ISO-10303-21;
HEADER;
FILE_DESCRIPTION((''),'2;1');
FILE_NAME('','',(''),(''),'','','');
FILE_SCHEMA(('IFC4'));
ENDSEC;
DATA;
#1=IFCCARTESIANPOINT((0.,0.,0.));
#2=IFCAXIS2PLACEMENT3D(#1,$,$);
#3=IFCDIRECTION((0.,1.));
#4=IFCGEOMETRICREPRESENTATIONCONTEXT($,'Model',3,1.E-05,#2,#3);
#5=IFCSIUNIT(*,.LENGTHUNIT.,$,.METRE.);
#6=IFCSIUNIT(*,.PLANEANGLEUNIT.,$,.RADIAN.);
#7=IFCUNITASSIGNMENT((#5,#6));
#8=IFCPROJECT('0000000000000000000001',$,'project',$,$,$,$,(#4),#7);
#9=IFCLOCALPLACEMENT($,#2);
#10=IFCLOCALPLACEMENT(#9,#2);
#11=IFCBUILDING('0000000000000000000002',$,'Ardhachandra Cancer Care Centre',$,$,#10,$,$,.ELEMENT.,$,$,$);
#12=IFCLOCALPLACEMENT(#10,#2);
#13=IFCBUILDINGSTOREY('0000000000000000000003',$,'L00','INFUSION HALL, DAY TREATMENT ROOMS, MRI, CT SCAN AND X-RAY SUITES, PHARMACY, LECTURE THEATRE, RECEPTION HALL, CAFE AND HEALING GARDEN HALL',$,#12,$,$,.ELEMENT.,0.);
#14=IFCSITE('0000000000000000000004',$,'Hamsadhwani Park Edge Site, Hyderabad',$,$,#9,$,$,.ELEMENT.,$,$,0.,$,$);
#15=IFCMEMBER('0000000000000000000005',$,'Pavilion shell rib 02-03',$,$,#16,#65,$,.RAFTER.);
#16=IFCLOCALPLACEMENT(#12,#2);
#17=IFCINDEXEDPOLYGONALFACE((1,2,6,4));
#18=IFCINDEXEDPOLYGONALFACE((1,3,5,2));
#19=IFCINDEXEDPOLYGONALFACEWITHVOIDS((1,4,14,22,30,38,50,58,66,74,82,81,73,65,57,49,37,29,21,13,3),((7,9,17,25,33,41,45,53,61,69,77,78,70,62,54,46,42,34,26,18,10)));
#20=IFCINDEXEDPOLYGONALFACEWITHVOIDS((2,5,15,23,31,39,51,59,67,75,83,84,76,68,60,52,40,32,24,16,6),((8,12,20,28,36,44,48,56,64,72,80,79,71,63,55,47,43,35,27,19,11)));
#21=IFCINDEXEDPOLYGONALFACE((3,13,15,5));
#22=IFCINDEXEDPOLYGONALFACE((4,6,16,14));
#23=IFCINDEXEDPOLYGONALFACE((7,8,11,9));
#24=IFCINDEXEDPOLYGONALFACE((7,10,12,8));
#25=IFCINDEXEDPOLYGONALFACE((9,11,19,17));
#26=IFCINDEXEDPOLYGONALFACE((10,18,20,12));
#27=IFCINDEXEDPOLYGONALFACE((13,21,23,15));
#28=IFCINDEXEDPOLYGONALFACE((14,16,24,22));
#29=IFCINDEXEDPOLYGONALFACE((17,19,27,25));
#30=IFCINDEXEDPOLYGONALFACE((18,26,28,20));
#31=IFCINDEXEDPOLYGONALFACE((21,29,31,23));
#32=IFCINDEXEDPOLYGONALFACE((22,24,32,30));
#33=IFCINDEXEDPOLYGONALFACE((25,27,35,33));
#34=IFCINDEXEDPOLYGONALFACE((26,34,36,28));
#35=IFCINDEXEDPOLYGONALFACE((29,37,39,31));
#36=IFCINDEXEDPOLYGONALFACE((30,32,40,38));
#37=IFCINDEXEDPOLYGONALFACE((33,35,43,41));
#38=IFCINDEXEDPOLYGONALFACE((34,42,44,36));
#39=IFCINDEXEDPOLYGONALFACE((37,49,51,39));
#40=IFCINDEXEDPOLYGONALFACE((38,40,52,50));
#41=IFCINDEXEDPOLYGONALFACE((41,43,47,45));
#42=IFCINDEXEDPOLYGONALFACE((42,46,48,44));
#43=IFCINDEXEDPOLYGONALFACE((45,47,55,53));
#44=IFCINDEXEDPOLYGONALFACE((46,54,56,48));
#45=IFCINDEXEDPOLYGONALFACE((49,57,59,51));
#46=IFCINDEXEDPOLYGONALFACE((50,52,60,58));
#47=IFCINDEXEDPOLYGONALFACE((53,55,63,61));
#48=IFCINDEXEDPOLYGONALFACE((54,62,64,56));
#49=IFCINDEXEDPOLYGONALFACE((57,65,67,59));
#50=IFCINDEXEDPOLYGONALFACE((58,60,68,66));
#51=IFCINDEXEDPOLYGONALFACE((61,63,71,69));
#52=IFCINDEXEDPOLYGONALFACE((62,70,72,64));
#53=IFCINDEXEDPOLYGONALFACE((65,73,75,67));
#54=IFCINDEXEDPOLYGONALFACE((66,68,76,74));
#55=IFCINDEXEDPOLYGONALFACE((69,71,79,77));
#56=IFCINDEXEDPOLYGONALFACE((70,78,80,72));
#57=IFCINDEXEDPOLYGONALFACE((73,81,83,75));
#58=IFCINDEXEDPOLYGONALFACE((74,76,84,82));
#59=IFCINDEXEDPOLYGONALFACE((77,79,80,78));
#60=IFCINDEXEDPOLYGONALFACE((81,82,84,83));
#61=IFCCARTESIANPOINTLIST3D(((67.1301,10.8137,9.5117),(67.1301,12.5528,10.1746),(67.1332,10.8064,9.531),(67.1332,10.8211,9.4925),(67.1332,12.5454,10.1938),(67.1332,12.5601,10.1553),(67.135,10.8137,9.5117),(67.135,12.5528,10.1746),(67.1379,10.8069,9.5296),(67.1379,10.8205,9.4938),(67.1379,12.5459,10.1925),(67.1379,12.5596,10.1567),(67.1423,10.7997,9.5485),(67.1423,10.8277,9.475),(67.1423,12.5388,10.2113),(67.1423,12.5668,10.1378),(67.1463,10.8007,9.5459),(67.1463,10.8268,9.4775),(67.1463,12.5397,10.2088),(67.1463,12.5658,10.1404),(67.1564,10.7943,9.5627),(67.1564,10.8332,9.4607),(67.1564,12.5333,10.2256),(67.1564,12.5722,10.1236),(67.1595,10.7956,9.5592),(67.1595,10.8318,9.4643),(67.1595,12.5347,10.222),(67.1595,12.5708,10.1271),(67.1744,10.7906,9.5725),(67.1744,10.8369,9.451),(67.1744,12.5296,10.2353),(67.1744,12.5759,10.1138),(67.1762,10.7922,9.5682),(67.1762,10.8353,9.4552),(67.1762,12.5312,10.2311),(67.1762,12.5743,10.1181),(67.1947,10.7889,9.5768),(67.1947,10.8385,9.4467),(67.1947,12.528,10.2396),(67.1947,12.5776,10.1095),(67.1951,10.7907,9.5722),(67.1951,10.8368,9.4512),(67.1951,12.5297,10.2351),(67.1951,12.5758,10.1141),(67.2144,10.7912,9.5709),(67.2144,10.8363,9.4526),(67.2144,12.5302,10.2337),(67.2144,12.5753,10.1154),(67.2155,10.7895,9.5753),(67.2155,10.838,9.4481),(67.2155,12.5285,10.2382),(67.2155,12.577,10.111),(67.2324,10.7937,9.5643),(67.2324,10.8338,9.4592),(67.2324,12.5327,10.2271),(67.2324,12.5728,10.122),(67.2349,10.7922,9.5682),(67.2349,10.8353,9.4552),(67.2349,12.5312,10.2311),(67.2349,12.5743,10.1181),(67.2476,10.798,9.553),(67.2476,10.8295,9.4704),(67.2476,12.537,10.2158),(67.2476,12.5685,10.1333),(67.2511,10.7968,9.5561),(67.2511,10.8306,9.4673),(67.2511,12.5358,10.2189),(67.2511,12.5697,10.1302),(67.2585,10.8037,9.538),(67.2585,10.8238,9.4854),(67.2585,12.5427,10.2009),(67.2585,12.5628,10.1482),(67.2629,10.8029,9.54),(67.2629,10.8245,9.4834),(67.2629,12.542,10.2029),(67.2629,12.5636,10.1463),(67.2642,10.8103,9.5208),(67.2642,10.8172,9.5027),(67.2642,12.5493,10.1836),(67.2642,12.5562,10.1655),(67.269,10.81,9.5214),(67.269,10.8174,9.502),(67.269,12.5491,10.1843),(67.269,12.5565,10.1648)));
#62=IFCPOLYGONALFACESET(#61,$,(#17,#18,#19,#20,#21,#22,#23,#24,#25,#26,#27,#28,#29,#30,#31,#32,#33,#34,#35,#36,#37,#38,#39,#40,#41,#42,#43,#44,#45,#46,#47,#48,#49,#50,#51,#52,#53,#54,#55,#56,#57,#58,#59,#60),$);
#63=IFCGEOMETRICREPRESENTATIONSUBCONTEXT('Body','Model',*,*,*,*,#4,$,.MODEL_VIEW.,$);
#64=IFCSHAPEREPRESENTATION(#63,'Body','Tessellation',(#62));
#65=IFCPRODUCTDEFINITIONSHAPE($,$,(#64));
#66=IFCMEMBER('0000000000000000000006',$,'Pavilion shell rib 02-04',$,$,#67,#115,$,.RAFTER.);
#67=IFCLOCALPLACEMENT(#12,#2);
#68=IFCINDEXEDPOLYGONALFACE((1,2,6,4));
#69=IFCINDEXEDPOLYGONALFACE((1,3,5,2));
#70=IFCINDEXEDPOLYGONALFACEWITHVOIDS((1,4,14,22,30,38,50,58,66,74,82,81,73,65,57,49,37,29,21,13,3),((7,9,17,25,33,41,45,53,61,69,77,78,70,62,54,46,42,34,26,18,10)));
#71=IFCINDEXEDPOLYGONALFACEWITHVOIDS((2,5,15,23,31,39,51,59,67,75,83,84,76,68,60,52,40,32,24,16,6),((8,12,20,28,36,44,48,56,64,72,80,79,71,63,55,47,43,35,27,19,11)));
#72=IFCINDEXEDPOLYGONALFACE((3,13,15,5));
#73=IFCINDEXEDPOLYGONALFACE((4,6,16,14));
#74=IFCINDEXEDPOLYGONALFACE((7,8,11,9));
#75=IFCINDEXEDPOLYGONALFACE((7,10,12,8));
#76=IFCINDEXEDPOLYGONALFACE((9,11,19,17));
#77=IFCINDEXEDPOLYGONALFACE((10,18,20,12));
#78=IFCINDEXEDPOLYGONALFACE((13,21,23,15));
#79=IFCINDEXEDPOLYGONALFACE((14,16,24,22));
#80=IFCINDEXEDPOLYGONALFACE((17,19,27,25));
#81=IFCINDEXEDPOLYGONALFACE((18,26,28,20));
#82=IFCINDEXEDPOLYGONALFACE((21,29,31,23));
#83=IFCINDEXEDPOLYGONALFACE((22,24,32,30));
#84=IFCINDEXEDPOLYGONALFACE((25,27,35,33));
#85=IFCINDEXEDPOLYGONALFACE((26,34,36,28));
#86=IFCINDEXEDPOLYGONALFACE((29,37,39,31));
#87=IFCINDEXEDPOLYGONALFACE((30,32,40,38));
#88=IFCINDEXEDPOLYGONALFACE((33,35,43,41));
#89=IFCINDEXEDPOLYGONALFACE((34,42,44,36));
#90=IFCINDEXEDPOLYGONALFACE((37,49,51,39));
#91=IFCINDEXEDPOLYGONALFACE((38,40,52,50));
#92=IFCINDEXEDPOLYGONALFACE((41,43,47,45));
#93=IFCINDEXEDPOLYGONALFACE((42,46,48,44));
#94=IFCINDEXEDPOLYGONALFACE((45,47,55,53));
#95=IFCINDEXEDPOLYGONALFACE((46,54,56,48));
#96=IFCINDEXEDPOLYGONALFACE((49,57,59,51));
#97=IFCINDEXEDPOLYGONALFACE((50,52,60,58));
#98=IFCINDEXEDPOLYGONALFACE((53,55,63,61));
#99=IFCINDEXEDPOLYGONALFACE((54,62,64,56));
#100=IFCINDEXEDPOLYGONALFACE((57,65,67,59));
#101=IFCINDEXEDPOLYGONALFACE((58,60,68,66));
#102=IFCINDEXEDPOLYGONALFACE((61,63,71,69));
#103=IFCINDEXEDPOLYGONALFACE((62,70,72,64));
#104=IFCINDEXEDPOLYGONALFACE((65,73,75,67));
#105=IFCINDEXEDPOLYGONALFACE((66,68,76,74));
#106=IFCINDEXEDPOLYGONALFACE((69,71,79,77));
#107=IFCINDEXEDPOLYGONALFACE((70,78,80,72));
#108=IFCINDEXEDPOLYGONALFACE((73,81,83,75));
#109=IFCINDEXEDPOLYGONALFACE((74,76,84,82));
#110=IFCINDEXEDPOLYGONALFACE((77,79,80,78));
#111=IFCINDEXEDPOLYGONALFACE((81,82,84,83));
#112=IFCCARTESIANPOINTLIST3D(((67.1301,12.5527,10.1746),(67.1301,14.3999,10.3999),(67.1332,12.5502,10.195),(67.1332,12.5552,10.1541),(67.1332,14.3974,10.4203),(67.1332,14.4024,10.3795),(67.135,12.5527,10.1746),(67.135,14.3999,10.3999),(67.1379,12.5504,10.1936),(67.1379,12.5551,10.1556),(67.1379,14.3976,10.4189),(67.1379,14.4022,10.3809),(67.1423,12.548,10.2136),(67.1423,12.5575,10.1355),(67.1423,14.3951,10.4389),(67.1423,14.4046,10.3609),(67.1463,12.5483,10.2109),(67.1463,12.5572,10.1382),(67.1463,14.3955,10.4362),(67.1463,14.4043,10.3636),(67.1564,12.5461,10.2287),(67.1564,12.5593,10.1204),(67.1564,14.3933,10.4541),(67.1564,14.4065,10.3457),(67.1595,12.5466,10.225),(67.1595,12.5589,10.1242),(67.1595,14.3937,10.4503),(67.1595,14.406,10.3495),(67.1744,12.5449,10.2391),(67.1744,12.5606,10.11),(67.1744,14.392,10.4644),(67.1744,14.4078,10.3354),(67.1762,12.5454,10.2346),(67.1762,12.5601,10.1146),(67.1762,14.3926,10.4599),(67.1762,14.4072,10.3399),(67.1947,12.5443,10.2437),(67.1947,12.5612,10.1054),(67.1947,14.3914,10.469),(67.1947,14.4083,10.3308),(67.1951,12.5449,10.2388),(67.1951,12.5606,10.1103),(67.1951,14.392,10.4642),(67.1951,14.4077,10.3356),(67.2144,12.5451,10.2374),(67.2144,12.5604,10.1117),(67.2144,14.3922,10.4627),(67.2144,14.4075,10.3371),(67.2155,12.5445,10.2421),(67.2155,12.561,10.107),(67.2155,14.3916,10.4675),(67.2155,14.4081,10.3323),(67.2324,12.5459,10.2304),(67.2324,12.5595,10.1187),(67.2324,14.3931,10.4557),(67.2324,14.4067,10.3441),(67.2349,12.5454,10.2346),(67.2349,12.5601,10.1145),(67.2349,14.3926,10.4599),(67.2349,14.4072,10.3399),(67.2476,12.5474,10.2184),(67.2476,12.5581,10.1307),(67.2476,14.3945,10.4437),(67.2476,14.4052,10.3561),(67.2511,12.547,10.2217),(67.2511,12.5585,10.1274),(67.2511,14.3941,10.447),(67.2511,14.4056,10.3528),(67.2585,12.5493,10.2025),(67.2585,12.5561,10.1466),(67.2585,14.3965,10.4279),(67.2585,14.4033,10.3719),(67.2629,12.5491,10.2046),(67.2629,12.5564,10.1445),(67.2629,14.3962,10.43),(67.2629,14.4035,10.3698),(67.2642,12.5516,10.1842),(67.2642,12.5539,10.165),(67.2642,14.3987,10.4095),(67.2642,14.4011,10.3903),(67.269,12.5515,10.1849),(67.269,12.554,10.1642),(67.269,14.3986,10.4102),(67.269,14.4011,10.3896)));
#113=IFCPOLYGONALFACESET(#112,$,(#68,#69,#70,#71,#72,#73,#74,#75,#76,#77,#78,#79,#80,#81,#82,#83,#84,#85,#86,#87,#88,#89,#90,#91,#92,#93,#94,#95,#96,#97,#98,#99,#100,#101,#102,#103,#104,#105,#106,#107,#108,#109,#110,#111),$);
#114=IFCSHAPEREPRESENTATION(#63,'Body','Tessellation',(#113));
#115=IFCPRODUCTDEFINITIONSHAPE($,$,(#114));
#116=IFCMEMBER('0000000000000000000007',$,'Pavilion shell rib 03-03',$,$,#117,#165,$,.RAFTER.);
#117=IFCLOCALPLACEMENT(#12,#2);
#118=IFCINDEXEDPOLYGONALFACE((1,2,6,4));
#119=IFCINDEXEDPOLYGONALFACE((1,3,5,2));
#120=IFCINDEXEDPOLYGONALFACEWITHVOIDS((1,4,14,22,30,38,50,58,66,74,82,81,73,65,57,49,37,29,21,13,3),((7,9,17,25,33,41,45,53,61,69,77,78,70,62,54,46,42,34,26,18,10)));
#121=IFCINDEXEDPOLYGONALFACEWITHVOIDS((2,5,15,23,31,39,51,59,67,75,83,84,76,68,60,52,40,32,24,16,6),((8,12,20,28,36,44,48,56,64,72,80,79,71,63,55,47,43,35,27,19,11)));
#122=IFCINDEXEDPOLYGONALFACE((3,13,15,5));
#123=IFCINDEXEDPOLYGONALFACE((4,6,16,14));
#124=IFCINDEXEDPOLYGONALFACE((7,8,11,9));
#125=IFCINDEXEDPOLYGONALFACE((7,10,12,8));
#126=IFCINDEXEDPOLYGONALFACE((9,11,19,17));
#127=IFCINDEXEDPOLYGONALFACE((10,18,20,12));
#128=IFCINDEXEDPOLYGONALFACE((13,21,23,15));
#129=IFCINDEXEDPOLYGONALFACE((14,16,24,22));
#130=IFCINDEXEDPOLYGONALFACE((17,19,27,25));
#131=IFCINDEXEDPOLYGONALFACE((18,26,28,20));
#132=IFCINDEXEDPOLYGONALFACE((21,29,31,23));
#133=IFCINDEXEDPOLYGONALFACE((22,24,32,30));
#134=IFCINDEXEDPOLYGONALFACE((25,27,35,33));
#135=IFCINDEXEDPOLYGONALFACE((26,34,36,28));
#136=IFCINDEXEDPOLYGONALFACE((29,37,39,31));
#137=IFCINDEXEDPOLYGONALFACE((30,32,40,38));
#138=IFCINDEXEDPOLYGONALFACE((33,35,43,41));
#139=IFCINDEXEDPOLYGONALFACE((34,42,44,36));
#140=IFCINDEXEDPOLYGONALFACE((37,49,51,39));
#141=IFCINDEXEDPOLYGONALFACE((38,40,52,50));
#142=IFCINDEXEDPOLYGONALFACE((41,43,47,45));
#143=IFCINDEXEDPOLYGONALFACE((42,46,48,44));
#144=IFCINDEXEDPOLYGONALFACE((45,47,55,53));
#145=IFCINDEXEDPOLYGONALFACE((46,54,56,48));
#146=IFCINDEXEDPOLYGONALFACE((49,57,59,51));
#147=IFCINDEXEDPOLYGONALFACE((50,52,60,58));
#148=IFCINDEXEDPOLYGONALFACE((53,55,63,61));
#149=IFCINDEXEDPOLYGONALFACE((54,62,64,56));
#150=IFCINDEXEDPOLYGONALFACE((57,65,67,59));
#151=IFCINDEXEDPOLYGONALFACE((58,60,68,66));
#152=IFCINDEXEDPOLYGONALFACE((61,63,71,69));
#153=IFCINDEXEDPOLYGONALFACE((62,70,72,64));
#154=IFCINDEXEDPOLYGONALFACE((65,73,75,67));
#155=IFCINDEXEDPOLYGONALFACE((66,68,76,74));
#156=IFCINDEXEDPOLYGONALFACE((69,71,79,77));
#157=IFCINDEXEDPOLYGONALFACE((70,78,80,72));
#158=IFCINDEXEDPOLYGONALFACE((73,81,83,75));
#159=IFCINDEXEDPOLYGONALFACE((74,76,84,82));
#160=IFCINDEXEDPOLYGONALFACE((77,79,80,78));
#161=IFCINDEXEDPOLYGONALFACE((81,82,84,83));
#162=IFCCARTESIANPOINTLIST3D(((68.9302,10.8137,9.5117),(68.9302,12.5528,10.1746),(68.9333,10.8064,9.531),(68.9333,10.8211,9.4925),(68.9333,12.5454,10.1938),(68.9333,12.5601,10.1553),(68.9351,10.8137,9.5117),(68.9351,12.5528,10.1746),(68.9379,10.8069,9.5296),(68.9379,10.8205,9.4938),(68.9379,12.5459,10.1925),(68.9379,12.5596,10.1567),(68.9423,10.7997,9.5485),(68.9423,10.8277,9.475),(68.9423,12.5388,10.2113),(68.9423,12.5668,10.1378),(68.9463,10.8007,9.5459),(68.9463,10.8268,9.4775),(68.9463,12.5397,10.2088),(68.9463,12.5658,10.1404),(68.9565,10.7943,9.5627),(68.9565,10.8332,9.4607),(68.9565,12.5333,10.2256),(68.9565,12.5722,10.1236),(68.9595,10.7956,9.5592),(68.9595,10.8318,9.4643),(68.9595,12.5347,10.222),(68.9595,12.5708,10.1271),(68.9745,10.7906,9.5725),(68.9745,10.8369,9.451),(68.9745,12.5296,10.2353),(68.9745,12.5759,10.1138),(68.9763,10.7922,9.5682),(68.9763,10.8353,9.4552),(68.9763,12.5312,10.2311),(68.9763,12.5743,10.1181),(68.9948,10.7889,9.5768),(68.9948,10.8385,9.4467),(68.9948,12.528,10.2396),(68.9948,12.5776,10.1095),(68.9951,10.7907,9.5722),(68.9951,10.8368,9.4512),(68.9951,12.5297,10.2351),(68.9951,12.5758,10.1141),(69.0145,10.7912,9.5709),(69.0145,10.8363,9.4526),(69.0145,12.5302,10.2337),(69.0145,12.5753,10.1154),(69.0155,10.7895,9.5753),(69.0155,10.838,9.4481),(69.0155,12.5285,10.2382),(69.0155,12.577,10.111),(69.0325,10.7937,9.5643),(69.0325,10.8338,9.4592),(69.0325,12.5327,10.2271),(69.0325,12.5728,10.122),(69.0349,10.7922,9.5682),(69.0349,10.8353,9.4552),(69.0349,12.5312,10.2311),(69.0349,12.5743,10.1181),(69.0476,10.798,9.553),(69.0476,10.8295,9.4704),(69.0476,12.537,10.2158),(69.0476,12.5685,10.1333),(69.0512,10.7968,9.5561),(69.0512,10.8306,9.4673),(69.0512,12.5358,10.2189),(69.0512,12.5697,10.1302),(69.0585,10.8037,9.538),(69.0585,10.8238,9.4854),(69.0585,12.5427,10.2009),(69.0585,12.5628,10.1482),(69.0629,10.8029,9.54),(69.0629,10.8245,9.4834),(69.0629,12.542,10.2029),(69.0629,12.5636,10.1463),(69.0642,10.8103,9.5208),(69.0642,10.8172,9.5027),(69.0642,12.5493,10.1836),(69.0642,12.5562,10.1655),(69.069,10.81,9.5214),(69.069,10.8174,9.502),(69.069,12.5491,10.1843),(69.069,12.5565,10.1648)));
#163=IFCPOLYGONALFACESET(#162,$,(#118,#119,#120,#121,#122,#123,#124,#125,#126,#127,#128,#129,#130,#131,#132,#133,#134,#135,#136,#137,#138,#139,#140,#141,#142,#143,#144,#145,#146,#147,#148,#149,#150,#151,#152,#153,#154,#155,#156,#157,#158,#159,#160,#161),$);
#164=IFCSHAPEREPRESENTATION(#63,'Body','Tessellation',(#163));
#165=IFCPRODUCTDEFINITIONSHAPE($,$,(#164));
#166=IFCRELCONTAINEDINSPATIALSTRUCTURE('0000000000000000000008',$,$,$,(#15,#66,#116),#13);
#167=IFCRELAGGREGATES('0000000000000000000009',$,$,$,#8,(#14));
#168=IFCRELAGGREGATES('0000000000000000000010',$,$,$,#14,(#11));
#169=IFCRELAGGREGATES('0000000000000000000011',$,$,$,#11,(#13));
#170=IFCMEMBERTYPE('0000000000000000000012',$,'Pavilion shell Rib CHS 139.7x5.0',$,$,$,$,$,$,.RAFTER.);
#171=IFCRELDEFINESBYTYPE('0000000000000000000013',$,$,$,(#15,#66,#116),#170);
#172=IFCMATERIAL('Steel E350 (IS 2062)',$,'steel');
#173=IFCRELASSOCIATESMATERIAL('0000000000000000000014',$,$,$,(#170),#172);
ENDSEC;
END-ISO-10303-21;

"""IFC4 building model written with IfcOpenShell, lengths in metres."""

from ifc_helpers import new_model, si_unit, direction, frame, origin, origin_2d, place, context, subcontext, project, spatial, hollow_circle, extrude, material, material_profile, profile_set, type_object, element, save


model = new_model("IFC4")

# Units and contexts
model_context = context("Model", 3, precision=1e-05, world=origin(), true_north=direction((0.0, 1.0)))
body_context = subcontext(model_context, "Body", "Model", "MODEL_VIEW")
ifc_project = project(units=[si_unit("LENGTHUNIT", "METRE"), si_unit("PLANEANGLEUNIT", "RADIAN")], contexts=[model_context])

# Site, building, storey
site_placement = place(None, origin())
site = spatial("IfcSite", under=ifc_project, at=site_placement, Name="Hamsadhwani Park Edge Site, Hyderabad", CompositionType="ELEMENT", RefElevation=0.0)
building_placement = place(site_placement, origin())
building = spatial("IfcBuilding", under=site, at=building_placement, Name="Ardhachandra Cancer Care Centre", CompositionType="ELEMENT")
storey_placement = place(building_placement, origin())
storey = spatial("IfcBuildingStorey", under=building, at=storey_placement, Name="L00", Description="INFUSION HALL, DAY TREATMENT ROOMS, MRI, CT SCAN AND X-RAY SUITES, PHARMACY, LECTURE THEATRE, RECEPTION HALL, CAFE AND HEALING GARDEN HALL", CompositionType="ELEMENT", Elevation=0.0)

# Members
ifc_material_1 = material(Name="Steel E350 (IS 2062)", Category="steel")
ifc_material_profile_1 = material_profile(ifc_material_1, hollow_circle(Radius=0.0698, WallThickness=0.0049, at=origin_2d()), Name="CHS 139.7x5.0")
ifc_profile_set_1 = profile_set([ifc_material_profile_1], Name="Steel E350 (IS 2062)")
member_type_1 = type_object("IfcMemberType", Name="Pavilion shell Rib CHS 139.7x5.0", PredefinedType="RAFTER", material=ifc_profile_set_1)
for number, where, z_axis, x_axis, name in (
    (1, (67.2, 10.8137, 9.5117), (0.0, 0.934423, 0.356164), (-1.0, 0.0, 0.0), "Pavilion shell rib 02-03"),
):
    element("IfcMember", number, at=place(storey_placement, frame(where, z_axis=z_axis, x_axis=x_axis)), inside=storey, type_object=member_type_1, Name=name, PredefinedType="RAFTER", context=body_context, shape_type="SweptSolid", body=[
        extrude(hollow_circle(Radius=0.0698, WallThickness=0.0049, at=origin_2d()), origin(), (0.0, 0.0, 1.0), 1.8611),
    ])
member_1_placement = place(storey_placement, frame((67.2, 12.5527, 10.1746), z_axis=(0.0, 0.992641, 0.121095), x_axis=(-1.0, 0.0, 0.0)))
element("IfcMember", 2, at=member_1_placement, inside=storey, type_object=member_type_1, Name="Pavilion shell rib 02-04", PredefinedType="RAFTER", context=body_context, shape_type="SweptSolid", body=[
    extrude(hollow_circle(Radius=0.0698, WallThickness=0.0049, at=origin_2d()), origin(), (0.0, 0.0, 1.0), 1.8608),
])
member_2_placement = place(storey_placement, frame((69.0, 10.8137, 9.5117), z_axis=(0.0, 0.934423, 0.356164), x_axis=(-1.0, 0.0, 0.0)))
element("IfcMember", 3, at=member_2_placement, inside=storey, type_object=member_type_1, Name="Pavilion shell rib 03-03", PredefinedType="RAFTER", context=body_context, shape_type="SweptSolid", body=[
    extrude(hollow_circle(Radius=0.0698, WallThickness=0.0049, at=origin_2d()), origin(), (0.0, 0.0, 1.0), 1.8611),
])

save(model, "model.ifc")
